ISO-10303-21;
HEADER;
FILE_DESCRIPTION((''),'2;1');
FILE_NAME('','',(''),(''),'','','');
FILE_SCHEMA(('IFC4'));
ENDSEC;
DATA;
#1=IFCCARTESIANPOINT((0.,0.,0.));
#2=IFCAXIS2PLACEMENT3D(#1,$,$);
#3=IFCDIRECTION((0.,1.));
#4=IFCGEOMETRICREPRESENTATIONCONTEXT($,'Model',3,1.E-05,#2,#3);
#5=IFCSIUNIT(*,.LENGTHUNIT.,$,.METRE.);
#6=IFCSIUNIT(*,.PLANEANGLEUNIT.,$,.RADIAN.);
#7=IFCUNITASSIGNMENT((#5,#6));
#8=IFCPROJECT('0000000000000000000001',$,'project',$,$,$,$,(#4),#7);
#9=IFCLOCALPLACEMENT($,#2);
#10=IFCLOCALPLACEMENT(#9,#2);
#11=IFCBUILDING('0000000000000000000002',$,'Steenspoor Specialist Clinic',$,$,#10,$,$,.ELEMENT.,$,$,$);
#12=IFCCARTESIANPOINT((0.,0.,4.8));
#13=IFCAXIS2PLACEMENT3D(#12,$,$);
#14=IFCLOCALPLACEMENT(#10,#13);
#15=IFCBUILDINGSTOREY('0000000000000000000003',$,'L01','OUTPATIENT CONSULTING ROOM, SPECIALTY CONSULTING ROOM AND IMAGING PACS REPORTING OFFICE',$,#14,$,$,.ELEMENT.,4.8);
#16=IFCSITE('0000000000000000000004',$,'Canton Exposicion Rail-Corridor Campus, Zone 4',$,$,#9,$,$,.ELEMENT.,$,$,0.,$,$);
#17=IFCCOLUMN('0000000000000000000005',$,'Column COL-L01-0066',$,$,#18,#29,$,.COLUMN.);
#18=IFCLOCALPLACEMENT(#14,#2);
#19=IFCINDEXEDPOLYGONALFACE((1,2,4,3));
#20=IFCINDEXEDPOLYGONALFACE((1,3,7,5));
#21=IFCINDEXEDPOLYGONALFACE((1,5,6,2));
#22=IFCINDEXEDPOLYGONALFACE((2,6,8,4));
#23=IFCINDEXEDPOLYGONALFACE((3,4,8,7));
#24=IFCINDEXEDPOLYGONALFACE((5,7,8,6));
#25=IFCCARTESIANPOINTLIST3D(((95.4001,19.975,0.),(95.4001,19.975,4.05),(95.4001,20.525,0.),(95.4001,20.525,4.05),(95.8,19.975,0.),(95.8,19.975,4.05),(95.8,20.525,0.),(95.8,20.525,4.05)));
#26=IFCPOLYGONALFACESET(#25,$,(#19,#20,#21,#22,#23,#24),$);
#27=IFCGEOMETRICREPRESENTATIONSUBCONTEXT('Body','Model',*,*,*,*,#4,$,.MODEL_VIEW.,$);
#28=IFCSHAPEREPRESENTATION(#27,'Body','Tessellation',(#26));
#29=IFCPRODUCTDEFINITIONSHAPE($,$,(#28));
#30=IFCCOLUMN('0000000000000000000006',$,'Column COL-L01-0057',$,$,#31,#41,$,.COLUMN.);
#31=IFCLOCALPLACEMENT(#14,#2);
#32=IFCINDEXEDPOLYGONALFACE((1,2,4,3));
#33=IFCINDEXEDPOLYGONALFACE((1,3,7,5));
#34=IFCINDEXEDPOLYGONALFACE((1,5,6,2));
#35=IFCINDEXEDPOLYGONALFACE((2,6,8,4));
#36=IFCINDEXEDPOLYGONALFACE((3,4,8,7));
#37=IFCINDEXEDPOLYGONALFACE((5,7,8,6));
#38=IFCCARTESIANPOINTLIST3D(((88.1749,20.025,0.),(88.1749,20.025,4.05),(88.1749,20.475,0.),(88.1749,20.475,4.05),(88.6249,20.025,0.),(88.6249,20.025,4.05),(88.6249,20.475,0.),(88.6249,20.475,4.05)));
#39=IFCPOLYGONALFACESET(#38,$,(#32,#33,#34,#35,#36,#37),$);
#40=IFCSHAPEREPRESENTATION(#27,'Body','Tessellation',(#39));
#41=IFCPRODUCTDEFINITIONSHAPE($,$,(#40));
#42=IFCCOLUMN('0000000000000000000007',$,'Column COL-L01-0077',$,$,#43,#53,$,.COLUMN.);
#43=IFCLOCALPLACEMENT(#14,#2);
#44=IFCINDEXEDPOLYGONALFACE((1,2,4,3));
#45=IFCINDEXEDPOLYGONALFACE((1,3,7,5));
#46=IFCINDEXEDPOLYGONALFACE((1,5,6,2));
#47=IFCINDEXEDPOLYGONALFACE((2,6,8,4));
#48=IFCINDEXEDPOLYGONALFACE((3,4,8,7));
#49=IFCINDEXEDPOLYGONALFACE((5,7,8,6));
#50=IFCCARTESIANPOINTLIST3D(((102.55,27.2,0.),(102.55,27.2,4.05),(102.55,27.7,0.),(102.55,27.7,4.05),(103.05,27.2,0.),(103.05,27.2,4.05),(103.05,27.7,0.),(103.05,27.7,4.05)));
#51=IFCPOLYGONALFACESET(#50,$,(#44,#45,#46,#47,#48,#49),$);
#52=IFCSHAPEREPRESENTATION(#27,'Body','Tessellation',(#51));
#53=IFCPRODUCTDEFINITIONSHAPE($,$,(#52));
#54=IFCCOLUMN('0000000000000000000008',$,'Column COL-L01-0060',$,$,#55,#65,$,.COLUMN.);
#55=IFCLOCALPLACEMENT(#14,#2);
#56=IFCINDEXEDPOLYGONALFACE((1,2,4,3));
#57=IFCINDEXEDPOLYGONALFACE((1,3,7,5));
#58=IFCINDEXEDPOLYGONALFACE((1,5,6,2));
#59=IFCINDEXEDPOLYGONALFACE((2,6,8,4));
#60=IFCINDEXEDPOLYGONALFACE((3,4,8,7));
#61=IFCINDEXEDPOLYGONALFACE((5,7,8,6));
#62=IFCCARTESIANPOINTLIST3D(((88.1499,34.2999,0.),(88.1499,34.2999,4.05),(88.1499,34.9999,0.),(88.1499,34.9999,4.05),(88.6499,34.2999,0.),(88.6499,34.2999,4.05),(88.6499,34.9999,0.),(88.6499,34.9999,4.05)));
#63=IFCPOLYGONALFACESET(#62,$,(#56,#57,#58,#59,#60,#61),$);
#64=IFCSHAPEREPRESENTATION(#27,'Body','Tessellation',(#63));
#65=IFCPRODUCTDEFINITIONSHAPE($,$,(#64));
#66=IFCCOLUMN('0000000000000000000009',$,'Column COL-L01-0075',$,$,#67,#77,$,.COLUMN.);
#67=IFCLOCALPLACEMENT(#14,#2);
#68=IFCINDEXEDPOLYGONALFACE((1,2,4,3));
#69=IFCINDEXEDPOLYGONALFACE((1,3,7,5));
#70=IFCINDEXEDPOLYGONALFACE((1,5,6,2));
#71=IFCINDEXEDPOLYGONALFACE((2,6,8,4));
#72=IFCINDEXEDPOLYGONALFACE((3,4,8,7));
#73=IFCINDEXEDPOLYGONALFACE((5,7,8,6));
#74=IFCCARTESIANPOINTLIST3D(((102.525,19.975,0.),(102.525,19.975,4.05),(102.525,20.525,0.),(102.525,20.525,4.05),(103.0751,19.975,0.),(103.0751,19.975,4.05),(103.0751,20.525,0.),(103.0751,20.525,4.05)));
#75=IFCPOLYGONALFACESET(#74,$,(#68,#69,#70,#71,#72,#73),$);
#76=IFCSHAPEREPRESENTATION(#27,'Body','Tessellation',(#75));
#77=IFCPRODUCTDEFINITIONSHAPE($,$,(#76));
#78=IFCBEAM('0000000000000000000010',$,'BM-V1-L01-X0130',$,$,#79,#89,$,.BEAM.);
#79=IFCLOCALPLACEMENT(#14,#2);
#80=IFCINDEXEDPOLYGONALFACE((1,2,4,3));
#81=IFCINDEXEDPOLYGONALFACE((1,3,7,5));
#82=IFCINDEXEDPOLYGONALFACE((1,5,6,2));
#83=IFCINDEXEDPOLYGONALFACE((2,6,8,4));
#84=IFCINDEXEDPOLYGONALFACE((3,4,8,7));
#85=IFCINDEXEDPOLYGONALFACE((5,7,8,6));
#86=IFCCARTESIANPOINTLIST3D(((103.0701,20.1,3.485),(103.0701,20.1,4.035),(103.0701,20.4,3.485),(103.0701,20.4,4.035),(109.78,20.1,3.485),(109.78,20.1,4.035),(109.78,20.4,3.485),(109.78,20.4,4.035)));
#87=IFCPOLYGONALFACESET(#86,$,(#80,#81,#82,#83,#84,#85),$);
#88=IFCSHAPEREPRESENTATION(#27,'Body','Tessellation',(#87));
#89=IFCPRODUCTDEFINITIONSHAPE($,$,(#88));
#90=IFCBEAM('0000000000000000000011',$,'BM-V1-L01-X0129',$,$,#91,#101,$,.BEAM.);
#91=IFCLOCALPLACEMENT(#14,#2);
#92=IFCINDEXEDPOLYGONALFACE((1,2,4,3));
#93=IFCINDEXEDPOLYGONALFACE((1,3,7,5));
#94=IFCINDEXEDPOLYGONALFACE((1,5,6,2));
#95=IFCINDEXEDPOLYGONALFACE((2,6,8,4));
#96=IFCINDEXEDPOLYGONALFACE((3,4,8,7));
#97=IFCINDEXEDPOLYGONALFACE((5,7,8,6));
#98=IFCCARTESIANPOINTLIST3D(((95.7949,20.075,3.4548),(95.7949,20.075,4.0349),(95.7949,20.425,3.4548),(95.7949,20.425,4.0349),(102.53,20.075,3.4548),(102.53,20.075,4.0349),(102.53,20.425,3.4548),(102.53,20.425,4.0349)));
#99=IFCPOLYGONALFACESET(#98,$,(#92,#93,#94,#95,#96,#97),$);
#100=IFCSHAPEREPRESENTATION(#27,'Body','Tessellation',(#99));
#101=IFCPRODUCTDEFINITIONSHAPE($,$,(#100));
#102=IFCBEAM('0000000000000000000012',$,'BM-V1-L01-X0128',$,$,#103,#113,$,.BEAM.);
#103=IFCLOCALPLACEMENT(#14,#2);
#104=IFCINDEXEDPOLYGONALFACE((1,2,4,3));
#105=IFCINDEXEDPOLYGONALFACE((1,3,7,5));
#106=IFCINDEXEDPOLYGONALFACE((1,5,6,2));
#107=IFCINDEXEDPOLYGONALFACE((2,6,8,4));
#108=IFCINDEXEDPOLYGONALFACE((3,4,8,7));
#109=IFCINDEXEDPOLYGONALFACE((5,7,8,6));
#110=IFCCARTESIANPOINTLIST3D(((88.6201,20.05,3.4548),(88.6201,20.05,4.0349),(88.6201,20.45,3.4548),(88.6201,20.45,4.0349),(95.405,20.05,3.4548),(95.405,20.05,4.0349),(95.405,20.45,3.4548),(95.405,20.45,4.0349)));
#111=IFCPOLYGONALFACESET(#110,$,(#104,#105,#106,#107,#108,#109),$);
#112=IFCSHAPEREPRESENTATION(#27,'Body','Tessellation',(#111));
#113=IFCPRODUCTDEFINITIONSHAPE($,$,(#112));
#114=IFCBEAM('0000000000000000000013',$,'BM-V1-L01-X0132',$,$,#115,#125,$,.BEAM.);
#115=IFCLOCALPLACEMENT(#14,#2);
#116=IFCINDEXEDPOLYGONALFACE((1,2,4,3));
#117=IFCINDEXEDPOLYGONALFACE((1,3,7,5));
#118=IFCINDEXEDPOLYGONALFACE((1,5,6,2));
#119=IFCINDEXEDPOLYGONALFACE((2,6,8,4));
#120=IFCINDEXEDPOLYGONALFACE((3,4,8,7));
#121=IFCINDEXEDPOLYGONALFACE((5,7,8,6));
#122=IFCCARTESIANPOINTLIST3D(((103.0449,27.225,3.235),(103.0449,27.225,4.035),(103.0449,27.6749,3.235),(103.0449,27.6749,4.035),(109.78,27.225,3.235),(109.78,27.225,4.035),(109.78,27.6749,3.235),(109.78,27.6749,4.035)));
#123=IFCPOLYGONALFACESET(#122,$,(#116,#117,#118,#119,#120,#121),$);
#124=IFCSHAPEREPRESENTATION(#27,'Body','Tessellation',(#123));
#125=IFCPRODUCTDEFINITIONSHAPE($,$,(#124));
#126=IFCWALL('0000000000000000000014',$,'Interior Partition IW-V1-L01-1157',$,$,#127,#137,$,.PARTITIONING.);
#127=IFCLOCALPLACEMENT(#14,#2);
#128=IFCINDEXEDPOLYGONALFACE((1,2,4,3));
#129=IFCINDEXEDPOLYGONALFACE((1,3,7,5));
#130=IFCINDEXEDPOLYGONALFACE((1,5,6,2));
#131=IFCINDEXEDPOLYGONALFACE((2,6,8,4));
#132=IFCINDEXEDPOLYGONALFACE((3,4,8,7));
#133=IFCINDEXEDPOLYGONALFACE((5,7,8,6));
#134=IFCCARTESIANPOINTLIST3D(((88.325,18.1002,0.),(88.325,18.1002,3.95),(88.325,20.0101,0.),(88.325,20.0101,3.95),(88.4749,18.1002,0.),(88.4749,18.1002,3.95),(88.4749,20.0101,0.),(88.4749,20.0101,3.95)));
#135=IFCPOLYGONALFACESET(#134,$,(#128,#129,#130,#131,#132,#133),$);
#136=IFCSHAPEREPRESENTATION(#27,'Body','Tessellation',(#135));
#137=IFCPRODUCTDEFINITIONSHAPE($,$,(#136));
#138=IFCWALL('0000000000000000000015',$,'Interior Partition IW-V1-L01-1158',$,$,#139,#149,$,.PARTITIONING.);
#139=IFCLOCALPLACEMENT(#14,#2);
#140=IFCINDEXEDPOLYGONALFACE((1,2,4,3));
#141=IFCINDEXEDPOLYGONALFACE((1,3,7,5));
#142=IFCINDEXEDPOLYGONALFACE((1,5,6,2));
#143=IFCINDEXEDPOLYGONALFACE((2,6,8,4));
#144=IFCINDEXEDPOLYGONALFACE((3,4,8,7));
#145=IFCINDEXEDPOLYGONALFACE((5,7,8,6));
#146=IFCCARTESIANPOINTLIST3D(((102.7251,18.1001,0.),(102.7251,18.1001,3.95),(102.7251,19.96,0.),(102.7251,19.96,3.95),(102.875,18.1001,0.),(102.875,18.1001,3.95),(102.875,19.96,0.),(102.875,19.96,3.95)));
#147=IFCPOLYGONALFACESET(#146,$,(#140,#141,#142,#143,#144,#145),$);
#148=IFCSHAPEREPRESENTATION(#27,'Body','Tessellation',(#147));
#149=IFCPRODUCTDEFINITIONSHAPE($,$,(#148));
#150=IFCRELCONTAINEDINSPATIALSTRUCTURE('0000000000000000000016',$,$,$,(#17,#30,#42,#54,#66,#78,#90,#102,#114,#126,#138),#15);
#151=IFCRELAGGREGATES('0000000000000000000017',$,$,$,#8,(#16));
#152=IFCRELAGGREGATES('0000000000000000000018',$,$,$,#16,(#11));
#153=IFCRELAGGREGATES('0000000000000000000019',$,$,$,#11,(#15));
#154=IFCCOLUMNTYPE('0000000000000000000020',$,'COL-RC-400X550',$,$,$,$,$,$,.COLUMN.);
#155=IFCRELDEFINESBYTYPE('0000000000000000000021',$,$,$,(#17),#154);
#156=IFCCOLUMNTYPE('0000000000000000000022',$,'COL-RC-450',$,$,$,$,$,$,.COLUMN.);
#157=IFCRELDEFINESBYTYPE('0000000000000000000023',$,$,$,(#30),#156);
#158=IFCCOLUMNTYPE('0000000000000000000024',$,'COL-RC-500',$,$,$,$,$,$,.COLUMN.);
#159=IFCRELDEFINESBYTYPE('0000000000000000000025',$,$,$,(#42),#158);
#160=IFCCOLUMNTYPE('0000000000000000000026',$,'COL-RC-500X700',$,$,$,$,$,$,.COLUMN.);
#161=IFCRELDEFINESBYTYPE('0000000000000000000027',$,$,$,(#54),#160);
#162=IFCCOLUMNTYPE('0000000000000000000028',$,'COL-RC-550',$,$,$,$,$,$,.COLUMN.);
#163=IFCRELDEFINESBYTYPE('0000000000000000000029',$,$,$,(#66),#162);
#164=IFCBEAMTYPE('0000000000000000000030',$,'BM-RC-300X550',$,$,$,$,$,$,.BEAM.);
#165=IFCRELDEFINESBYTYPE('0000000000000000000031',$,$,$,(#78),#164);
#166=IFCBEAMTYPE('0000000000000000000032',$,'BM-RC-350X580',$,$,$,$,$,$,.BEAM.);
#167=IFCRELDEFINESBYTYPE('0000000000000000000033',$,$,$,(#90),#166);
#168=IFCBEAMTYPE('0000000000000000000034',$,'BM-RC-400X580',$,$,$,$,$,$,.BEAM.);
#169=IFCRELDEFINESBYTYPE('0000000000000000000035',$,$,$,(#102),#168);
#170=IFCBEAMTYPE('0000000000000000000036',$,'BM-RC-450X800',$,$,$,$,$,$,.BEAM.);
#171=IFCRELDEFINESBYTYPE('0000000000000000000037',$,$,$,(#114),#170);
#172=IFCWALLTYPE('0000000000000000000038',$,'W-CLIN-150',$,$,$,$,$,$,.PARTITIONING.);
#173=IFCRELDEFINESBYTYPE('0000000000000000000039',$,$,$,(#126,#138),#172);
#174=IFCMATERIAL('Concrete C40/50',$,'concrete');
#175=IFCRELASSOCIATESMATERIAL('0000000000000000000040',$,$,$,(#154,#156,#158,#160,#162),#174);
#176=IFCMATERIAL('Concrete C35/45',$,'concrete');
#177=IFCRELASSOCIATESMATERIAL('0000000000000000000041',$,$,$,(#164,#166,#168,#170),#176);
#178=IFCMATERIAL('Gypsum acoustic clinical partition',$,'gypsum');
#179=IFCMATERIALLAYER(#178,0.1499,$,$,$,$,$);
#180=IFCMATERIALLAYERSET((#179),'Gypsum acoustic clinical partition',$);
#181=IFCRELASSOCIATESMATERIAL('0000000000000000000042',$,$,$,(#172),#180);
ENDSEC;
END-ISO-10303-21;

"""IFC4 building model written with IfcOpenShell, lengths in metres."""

from ifc_helpers import new_model, si_unit, direction, frame, frame_2d, origin, origin_2d, place, context, subcontext, project, spatial, rectangle, extrude, material, layer, layer_set, material_profile, profile_set, type_object, element, save


model = new_model("IFC4")

# Units and contexts
model_context = context("Model", 3, precision=1e-05, world=origin(), true_north=direction((0.0, 1.0)))
body_context = subcontext(model_context, "Body", "Model", "MODEL_VIEW")
ifc_project = project(units=[si_unit("LENGTHUNIT", "METRE"), si_unit("PLANEANGLEUNIT", "RADIAN")], contexts=[model_context])

# Site, building, storey
site_placement = place(None, origin())
site = spatial("IfcSite", under=ifc_project, at=site_placement, Name="Canton Exposicion Rail-Corridor Campus, Zone 4", CompositionType="ELEMENT", RefElevation=0.0)
building_placement = place(site_placement, origin())
building = spatial("IfcBuilding", under=site, at=building_placement, Name="Steenspoor Specialist Clinic", CompositionType="ELEMENT")
storey_placement = place(building_placement, frame((0.0, 0.0, 4.8)))
storey = spatial("IfcBuildingStorey", under=building, at=storey_placement, Name="L01", Description="OUTPATIENT CONSULTING ROOM, SPECIALTY CONSULTING ROOM AND IMAGING PACS REPORTING OFFICE", CompositionType="ELEMENT", Elevation=4.8)

# Columns
ifc_material_1 = material(Name="Concrete C40/50", Category="concrete")
ifc_material_profile_1 = material_profile(ifc_material_1, rectangle(XDim=0.3999, YDim=0.55, at=origin_2d()), Name="RC-COL-400X550")
ifc_profile_set_1 = profile_set([ifc_material_profile_1], Name="Concrete C40/50")
column_type_1 = type_object("IfcColumnType", Name="COL-RC-400X550", PredefinedType="COLUMN", material=ifc_profile_set_1)
column_1_placement = place(storey_placement, frame((95.6001, 20.25, 0.0), z_axis=(0.0, 0.0, 1.0), x_axis=(1.0, 0.0, 0.0)))
element("IfcColumn", 1, at=column_1_placement, inside=storey, type_object=column_type_1, Name="Column COL-L01-0066", PredefinedType="COLUMN", context=body_context, shape_type="SweptSolid", body=[
    extrude(rectangle(XDim=0.3999, YDim=0.55, at=origin_2d()), origin(), (0.0, 0.0, 1.0), 4.05),
])
ifc_material_profile_2 = material_profile(ifc_material_1, rectangle(XDim=0.45, YDim=0.45, at=origin_2d()), Name="RC-COL-450X450")
ifc_profile_set_2 = profile_set([ifc_material_profile_2], Name="Concrete C40/50")
column_type_2 = type_object("IfcColumnType", Name="COL-RC-450", PredefinedType="COLUMN", material=ifc_profile_set_2)
column_2_placement = place(storey_placement, frame((88.3999, 20.25, 0.0), z_axis=(0.0, 0.0, 1.0), x_axis=(1.0, 0.0, 0.0)))
element("IfcColumn", 2, at=column_2_placement, inside=storey, type_object=column_type_2, Name="Column COL-L01-0057", PredefinedType="COLUMN", context=body_context, shape_type="SweptSolid", body=[
    extrude(rectangle(XDim=0.45, YDim=0.45, at=origin_2d()), origin(), (0.0, 0.0, 1.0), 4.05),
])
ifc_material_profile_3 = material_profile(ifc_material_1, rectangle(XDim=0.5, YDim=0.5, at=origin_2d()), Name="RC-COL-500X500")
ifc_profile_set_3 = profile_set([ifc_material_profile_3], Name="Concrete C40/50")
column_type_3 = type_object("IfcColumnType", Name="COL-RC-500", PredefinedType="COLUMN", material=ifc_profile_set_3)
column_3_placement = place(storey_placement, frame((102.8, 27.45, 0.0), z_axis=(0.0, 0.0, 1.0), x_axis=(1.0, 0.0, 0.0)))
element("IfcColumn", 3, at=column_3_placement, inside=storey, type_object=column_type_3, Name="Column COL-L01-0077", PredefinedType="COLUMN", context=body_context, shape_type="SweptSolid", body=[
    extrude(rectangle(XDim=0.5, YDim=0.5, at=origin_2d()), origin(), (0.0, 0.0, 1.0), 4.05),
])
ifc_material_profile_4 = material_profile(ifc_material_1, rectangle(XDim=0.5, YDim=0.7, at=origin_2d()), Name="RC-COL-500X700")
ifc_profile_set_4 = profile_set([ifc_material_profile_4], Name="Concrete C40/50")
column_type_4 = type_object("IfcColumnType", Name="COL-RC-500X700", PredefinedType="COLUMN", material=ifc_profile_set_4)
column_4_placement = place(storey_placement, frame((88.3999, 34.6499, 0.0), z_axis=(0.0, 0.0, 1.0), x_axis=(1.0, 0.0, 0.0)))
element("IfcColumn", 4, at=column_4_placement, inside=storey, type_object=column_type_4, Name="Column COL-L01-0060", PredefinedType="COLUMN", context=body_context, shape_type="SweptSolid", body=[
    extrude(rectangle(XDim=0.5, YDim=0.7, at=origin_2d()), origin(), (0.0, 0.0, 1.0), 4.05),
])
ifc_material_profile_5 = material_profile(ifc_material_1, rectangle(XDim=0.55, YDim=0.55, at=origin_2d()), Name="RC-COL-550X550")
ifc_profile_set_5 = profile_set([ifc_material_profile_5], Name="Concrete C40/50")
column_type_5 = type_object("IfcColumnType", Name="COL-RC-550", PredefinedType="COLUMN", material=ifc_profile_set_5)
column_5_placement = place(storey_placement, frame((102.8, 20.25, 0.0), z_axis=(0.0, 0.0, 1.0), x_axis=(1.0, 0.0, 0.0)))
element("IfcColumn", 5, at=column_5_placement, inside=storey, type_object=column_type_5, Name="Column COL-L01-0075", PredefinedType="COLUMN", context=body_context, shape_type="SweptSolid", body=[
    extrude(rectangle(XDim=0.55, YDim=0.55, at=origin_2d()), origin(), (0.0, 0.0, 1.0), 4.05),
])

# Beams
ifc_material_2 = material(Name="Concrete C35/45", Category="concrete")
ifc_material_profile_6 = material_profile(ifc_material_2, rectangle(XDim=0.3, YDim=0.55, at=origin_2d()), Name="RC-BM-300X550")
ifc_profile_set_6 = profile_set([ifc_material_profile_6], Name="Concrete C35/45")
beam_type_1 = type_object("IfcBeamType", Name="BM-RC-300X550", PredefinedType="BEAM", material=ifc_profile_set_6)
beam_1_placement = place(storey_placement, frame((103.0701, 20.25, 3.76), z_axis=(1.0, 0.0, 0.0), x_axis=(0.0, 1.0, 0.0)))
element("IfcBeam", 6, at=beam_1_placement, inside=storey, type_object=beam_type_1, Name="BM-V1-L01-X0130", PredefinedType="BEAM", context=body_context, shape_type="SweptSolid", body=[
    extrude(rectangle(XDim=0.3, YDim=0.55, at=origin_2d()), origin(), (0.0, 0.0, 1.0), 6.71),
])
ifc_material_profile_7 = material_profile(ifc_material_2, rectangle(XDim=0.3501, YDim=0.5801, at=origin_2d()), Name="RC-BM-350X580")
ifc_profile_set_7 = profile_set([ifc_material_profile_7], Name="Concrete C35/45")
beam_type_2 = type_object("IfcBeamType", Name="BM-RC-350X580", PredefinedType="BEAM", material=ifc_profile_set_7)
beam_2_placement = place(storey_placement, frame((95.7949, 20.25, 3.7449), z_axis=(1.0, 0.0, 0.0), x_axis=(0.0, 1.0, 0.0)))
element("IfcBeam", 7, at=beam_2_placement, inside=storey, type_object=beam_type_2, Name="BM-V1-L01-X0129", PredefinedType="BEAM", context=body_context, shape_type="SweptSolid", body=[
    extrude(rectangle(XDim=0.3501, YDim=0.5801, at=origin_2d()), origin(), (0.0, 0.0, 1.0), 6.7351),
])
ifc_material_profile_8 = material_profile(ifc_material_2, rectangle(XDim=0.3999, YDim=0.5801, at=origin_2d()), Name="RC-BM-400X580")
ifc_profile_set_8 = profile_set([ifc_material_profile_8], Name="Concrete C35/45")
beam_type_3 = type_object("IfcBeamType", Name="BM-RC-400X580", PredefinedType="BEAM", material=ifc_profile_set_8)
beam_3_placement = place(storey_placement, frame((88.6201, 20.25, 3.7449), z_axis=(1.0, 0.0, 0.0), x_axis=(0.0, 1.0, 0.0)))
element("IfcBeam", 8, at=beam_3_placement, inside=storey, type_object=beam_type_3, Name="BM-V1-L01-X0128", PredefinedType="BEAM", context=body_context, shape_type="SweptSolid", body=[
    extrude(rectangle(XDim=0.3999, YDim=0.5801, at=origin_2d()), origin(), (0.0, 0.0, 1.0), 6.7849),
])
ifc_material_profile_9 = material_profile(ifc_material_2, rectangle(XDim=0.45, YDim=0.8, at=origin_2d()), Name="RC-BM-450X800")
ifc_profile_set_9 = profile_set([ifc_material_profile_9], Name="Concrete C35/45")
beam_type_4 = type_object("IfcBeamType", Name="BM-RC-450X800", PredefinedType="BEAM", material=ifc_profile_set_9)
beam_4_placement = place(storey_placement, frame((103.0449, 27.45, 3.635), z_axis=(1.0, 0.0, 0.0), x_axis=(0.0, 1.0, 0.0)))
element("IfcBeam", 9, at=beam_4_placement, inside=storey, type_object=beam_type_4, Name="BM-V1-L01-X0132", PredefinedType="BEAM", context=body_context, shape_type="SweptSolid", body=[
    extrude(rectangle(XDim=0.45, YDim=0.8, at=origin_2d()), origin(), (0.0, 0.0, 1.0), 6.7351),
])

# Walls
ifc_material_3 = material(Name="Gypsum acoustic clinical partition", Category="gypsum")
ifc_layer_1 = layer(ifc_material_3, 0.1499)
ifc_layer_set_1 = layer_set([ifc_layer_1], Name="Gypsum acoustic clinical partition")
wall_type_1 = type_object("IfcWallType", Name="W-CLIN-150", PredefinedType="PARTITIONING", material=ifc_layer_set_1)
wall_1_placement = place(storey_placement, frame((88.3999, 18.1001, 0.0), z_axis=(0.0, 0.0, 1.0), x_axis=(0.0, 1.0, 0.0)))
element("IfcWall", 10, at=wall_1_placement, inside=storey, type_object=wall_type_1, Name="Interior Partition IW-V1-L01-1157", PredefinedType="PARTITIONING", context=body_context, shape_type="SweptSolid", body=[
    extrude(rectangle(XDim=1.9099, YDim=0.1499, at=frame_2d((0.9551, 0.0))), origin(), (0.0, 0.0, 1.0), 3.95),
])
wall_2_placement = place(storey_placement, frame((102.8, 18.1001, 0.0), z_axis=(0.0, 0.0, 1.0), x_axis=(0.0, 1.0, 0.0)))
element("IfcWall", 11, at=wall_2_placement, inside=storey, type_object=wall_type_1, Name="Interior Partition IW-V1-L01-1158", PredefinedType="PARTITIONING", context=body_context, shape_type="SweptSolid", body=[
    extrude(rectangle(XDim=1.8599, YDim=0.1499, at=frame_2d((0.9299, 0.0))), origin(), (0.0, 0.0, 1.0), 3.95),
])

save(model, "model.ifc")
